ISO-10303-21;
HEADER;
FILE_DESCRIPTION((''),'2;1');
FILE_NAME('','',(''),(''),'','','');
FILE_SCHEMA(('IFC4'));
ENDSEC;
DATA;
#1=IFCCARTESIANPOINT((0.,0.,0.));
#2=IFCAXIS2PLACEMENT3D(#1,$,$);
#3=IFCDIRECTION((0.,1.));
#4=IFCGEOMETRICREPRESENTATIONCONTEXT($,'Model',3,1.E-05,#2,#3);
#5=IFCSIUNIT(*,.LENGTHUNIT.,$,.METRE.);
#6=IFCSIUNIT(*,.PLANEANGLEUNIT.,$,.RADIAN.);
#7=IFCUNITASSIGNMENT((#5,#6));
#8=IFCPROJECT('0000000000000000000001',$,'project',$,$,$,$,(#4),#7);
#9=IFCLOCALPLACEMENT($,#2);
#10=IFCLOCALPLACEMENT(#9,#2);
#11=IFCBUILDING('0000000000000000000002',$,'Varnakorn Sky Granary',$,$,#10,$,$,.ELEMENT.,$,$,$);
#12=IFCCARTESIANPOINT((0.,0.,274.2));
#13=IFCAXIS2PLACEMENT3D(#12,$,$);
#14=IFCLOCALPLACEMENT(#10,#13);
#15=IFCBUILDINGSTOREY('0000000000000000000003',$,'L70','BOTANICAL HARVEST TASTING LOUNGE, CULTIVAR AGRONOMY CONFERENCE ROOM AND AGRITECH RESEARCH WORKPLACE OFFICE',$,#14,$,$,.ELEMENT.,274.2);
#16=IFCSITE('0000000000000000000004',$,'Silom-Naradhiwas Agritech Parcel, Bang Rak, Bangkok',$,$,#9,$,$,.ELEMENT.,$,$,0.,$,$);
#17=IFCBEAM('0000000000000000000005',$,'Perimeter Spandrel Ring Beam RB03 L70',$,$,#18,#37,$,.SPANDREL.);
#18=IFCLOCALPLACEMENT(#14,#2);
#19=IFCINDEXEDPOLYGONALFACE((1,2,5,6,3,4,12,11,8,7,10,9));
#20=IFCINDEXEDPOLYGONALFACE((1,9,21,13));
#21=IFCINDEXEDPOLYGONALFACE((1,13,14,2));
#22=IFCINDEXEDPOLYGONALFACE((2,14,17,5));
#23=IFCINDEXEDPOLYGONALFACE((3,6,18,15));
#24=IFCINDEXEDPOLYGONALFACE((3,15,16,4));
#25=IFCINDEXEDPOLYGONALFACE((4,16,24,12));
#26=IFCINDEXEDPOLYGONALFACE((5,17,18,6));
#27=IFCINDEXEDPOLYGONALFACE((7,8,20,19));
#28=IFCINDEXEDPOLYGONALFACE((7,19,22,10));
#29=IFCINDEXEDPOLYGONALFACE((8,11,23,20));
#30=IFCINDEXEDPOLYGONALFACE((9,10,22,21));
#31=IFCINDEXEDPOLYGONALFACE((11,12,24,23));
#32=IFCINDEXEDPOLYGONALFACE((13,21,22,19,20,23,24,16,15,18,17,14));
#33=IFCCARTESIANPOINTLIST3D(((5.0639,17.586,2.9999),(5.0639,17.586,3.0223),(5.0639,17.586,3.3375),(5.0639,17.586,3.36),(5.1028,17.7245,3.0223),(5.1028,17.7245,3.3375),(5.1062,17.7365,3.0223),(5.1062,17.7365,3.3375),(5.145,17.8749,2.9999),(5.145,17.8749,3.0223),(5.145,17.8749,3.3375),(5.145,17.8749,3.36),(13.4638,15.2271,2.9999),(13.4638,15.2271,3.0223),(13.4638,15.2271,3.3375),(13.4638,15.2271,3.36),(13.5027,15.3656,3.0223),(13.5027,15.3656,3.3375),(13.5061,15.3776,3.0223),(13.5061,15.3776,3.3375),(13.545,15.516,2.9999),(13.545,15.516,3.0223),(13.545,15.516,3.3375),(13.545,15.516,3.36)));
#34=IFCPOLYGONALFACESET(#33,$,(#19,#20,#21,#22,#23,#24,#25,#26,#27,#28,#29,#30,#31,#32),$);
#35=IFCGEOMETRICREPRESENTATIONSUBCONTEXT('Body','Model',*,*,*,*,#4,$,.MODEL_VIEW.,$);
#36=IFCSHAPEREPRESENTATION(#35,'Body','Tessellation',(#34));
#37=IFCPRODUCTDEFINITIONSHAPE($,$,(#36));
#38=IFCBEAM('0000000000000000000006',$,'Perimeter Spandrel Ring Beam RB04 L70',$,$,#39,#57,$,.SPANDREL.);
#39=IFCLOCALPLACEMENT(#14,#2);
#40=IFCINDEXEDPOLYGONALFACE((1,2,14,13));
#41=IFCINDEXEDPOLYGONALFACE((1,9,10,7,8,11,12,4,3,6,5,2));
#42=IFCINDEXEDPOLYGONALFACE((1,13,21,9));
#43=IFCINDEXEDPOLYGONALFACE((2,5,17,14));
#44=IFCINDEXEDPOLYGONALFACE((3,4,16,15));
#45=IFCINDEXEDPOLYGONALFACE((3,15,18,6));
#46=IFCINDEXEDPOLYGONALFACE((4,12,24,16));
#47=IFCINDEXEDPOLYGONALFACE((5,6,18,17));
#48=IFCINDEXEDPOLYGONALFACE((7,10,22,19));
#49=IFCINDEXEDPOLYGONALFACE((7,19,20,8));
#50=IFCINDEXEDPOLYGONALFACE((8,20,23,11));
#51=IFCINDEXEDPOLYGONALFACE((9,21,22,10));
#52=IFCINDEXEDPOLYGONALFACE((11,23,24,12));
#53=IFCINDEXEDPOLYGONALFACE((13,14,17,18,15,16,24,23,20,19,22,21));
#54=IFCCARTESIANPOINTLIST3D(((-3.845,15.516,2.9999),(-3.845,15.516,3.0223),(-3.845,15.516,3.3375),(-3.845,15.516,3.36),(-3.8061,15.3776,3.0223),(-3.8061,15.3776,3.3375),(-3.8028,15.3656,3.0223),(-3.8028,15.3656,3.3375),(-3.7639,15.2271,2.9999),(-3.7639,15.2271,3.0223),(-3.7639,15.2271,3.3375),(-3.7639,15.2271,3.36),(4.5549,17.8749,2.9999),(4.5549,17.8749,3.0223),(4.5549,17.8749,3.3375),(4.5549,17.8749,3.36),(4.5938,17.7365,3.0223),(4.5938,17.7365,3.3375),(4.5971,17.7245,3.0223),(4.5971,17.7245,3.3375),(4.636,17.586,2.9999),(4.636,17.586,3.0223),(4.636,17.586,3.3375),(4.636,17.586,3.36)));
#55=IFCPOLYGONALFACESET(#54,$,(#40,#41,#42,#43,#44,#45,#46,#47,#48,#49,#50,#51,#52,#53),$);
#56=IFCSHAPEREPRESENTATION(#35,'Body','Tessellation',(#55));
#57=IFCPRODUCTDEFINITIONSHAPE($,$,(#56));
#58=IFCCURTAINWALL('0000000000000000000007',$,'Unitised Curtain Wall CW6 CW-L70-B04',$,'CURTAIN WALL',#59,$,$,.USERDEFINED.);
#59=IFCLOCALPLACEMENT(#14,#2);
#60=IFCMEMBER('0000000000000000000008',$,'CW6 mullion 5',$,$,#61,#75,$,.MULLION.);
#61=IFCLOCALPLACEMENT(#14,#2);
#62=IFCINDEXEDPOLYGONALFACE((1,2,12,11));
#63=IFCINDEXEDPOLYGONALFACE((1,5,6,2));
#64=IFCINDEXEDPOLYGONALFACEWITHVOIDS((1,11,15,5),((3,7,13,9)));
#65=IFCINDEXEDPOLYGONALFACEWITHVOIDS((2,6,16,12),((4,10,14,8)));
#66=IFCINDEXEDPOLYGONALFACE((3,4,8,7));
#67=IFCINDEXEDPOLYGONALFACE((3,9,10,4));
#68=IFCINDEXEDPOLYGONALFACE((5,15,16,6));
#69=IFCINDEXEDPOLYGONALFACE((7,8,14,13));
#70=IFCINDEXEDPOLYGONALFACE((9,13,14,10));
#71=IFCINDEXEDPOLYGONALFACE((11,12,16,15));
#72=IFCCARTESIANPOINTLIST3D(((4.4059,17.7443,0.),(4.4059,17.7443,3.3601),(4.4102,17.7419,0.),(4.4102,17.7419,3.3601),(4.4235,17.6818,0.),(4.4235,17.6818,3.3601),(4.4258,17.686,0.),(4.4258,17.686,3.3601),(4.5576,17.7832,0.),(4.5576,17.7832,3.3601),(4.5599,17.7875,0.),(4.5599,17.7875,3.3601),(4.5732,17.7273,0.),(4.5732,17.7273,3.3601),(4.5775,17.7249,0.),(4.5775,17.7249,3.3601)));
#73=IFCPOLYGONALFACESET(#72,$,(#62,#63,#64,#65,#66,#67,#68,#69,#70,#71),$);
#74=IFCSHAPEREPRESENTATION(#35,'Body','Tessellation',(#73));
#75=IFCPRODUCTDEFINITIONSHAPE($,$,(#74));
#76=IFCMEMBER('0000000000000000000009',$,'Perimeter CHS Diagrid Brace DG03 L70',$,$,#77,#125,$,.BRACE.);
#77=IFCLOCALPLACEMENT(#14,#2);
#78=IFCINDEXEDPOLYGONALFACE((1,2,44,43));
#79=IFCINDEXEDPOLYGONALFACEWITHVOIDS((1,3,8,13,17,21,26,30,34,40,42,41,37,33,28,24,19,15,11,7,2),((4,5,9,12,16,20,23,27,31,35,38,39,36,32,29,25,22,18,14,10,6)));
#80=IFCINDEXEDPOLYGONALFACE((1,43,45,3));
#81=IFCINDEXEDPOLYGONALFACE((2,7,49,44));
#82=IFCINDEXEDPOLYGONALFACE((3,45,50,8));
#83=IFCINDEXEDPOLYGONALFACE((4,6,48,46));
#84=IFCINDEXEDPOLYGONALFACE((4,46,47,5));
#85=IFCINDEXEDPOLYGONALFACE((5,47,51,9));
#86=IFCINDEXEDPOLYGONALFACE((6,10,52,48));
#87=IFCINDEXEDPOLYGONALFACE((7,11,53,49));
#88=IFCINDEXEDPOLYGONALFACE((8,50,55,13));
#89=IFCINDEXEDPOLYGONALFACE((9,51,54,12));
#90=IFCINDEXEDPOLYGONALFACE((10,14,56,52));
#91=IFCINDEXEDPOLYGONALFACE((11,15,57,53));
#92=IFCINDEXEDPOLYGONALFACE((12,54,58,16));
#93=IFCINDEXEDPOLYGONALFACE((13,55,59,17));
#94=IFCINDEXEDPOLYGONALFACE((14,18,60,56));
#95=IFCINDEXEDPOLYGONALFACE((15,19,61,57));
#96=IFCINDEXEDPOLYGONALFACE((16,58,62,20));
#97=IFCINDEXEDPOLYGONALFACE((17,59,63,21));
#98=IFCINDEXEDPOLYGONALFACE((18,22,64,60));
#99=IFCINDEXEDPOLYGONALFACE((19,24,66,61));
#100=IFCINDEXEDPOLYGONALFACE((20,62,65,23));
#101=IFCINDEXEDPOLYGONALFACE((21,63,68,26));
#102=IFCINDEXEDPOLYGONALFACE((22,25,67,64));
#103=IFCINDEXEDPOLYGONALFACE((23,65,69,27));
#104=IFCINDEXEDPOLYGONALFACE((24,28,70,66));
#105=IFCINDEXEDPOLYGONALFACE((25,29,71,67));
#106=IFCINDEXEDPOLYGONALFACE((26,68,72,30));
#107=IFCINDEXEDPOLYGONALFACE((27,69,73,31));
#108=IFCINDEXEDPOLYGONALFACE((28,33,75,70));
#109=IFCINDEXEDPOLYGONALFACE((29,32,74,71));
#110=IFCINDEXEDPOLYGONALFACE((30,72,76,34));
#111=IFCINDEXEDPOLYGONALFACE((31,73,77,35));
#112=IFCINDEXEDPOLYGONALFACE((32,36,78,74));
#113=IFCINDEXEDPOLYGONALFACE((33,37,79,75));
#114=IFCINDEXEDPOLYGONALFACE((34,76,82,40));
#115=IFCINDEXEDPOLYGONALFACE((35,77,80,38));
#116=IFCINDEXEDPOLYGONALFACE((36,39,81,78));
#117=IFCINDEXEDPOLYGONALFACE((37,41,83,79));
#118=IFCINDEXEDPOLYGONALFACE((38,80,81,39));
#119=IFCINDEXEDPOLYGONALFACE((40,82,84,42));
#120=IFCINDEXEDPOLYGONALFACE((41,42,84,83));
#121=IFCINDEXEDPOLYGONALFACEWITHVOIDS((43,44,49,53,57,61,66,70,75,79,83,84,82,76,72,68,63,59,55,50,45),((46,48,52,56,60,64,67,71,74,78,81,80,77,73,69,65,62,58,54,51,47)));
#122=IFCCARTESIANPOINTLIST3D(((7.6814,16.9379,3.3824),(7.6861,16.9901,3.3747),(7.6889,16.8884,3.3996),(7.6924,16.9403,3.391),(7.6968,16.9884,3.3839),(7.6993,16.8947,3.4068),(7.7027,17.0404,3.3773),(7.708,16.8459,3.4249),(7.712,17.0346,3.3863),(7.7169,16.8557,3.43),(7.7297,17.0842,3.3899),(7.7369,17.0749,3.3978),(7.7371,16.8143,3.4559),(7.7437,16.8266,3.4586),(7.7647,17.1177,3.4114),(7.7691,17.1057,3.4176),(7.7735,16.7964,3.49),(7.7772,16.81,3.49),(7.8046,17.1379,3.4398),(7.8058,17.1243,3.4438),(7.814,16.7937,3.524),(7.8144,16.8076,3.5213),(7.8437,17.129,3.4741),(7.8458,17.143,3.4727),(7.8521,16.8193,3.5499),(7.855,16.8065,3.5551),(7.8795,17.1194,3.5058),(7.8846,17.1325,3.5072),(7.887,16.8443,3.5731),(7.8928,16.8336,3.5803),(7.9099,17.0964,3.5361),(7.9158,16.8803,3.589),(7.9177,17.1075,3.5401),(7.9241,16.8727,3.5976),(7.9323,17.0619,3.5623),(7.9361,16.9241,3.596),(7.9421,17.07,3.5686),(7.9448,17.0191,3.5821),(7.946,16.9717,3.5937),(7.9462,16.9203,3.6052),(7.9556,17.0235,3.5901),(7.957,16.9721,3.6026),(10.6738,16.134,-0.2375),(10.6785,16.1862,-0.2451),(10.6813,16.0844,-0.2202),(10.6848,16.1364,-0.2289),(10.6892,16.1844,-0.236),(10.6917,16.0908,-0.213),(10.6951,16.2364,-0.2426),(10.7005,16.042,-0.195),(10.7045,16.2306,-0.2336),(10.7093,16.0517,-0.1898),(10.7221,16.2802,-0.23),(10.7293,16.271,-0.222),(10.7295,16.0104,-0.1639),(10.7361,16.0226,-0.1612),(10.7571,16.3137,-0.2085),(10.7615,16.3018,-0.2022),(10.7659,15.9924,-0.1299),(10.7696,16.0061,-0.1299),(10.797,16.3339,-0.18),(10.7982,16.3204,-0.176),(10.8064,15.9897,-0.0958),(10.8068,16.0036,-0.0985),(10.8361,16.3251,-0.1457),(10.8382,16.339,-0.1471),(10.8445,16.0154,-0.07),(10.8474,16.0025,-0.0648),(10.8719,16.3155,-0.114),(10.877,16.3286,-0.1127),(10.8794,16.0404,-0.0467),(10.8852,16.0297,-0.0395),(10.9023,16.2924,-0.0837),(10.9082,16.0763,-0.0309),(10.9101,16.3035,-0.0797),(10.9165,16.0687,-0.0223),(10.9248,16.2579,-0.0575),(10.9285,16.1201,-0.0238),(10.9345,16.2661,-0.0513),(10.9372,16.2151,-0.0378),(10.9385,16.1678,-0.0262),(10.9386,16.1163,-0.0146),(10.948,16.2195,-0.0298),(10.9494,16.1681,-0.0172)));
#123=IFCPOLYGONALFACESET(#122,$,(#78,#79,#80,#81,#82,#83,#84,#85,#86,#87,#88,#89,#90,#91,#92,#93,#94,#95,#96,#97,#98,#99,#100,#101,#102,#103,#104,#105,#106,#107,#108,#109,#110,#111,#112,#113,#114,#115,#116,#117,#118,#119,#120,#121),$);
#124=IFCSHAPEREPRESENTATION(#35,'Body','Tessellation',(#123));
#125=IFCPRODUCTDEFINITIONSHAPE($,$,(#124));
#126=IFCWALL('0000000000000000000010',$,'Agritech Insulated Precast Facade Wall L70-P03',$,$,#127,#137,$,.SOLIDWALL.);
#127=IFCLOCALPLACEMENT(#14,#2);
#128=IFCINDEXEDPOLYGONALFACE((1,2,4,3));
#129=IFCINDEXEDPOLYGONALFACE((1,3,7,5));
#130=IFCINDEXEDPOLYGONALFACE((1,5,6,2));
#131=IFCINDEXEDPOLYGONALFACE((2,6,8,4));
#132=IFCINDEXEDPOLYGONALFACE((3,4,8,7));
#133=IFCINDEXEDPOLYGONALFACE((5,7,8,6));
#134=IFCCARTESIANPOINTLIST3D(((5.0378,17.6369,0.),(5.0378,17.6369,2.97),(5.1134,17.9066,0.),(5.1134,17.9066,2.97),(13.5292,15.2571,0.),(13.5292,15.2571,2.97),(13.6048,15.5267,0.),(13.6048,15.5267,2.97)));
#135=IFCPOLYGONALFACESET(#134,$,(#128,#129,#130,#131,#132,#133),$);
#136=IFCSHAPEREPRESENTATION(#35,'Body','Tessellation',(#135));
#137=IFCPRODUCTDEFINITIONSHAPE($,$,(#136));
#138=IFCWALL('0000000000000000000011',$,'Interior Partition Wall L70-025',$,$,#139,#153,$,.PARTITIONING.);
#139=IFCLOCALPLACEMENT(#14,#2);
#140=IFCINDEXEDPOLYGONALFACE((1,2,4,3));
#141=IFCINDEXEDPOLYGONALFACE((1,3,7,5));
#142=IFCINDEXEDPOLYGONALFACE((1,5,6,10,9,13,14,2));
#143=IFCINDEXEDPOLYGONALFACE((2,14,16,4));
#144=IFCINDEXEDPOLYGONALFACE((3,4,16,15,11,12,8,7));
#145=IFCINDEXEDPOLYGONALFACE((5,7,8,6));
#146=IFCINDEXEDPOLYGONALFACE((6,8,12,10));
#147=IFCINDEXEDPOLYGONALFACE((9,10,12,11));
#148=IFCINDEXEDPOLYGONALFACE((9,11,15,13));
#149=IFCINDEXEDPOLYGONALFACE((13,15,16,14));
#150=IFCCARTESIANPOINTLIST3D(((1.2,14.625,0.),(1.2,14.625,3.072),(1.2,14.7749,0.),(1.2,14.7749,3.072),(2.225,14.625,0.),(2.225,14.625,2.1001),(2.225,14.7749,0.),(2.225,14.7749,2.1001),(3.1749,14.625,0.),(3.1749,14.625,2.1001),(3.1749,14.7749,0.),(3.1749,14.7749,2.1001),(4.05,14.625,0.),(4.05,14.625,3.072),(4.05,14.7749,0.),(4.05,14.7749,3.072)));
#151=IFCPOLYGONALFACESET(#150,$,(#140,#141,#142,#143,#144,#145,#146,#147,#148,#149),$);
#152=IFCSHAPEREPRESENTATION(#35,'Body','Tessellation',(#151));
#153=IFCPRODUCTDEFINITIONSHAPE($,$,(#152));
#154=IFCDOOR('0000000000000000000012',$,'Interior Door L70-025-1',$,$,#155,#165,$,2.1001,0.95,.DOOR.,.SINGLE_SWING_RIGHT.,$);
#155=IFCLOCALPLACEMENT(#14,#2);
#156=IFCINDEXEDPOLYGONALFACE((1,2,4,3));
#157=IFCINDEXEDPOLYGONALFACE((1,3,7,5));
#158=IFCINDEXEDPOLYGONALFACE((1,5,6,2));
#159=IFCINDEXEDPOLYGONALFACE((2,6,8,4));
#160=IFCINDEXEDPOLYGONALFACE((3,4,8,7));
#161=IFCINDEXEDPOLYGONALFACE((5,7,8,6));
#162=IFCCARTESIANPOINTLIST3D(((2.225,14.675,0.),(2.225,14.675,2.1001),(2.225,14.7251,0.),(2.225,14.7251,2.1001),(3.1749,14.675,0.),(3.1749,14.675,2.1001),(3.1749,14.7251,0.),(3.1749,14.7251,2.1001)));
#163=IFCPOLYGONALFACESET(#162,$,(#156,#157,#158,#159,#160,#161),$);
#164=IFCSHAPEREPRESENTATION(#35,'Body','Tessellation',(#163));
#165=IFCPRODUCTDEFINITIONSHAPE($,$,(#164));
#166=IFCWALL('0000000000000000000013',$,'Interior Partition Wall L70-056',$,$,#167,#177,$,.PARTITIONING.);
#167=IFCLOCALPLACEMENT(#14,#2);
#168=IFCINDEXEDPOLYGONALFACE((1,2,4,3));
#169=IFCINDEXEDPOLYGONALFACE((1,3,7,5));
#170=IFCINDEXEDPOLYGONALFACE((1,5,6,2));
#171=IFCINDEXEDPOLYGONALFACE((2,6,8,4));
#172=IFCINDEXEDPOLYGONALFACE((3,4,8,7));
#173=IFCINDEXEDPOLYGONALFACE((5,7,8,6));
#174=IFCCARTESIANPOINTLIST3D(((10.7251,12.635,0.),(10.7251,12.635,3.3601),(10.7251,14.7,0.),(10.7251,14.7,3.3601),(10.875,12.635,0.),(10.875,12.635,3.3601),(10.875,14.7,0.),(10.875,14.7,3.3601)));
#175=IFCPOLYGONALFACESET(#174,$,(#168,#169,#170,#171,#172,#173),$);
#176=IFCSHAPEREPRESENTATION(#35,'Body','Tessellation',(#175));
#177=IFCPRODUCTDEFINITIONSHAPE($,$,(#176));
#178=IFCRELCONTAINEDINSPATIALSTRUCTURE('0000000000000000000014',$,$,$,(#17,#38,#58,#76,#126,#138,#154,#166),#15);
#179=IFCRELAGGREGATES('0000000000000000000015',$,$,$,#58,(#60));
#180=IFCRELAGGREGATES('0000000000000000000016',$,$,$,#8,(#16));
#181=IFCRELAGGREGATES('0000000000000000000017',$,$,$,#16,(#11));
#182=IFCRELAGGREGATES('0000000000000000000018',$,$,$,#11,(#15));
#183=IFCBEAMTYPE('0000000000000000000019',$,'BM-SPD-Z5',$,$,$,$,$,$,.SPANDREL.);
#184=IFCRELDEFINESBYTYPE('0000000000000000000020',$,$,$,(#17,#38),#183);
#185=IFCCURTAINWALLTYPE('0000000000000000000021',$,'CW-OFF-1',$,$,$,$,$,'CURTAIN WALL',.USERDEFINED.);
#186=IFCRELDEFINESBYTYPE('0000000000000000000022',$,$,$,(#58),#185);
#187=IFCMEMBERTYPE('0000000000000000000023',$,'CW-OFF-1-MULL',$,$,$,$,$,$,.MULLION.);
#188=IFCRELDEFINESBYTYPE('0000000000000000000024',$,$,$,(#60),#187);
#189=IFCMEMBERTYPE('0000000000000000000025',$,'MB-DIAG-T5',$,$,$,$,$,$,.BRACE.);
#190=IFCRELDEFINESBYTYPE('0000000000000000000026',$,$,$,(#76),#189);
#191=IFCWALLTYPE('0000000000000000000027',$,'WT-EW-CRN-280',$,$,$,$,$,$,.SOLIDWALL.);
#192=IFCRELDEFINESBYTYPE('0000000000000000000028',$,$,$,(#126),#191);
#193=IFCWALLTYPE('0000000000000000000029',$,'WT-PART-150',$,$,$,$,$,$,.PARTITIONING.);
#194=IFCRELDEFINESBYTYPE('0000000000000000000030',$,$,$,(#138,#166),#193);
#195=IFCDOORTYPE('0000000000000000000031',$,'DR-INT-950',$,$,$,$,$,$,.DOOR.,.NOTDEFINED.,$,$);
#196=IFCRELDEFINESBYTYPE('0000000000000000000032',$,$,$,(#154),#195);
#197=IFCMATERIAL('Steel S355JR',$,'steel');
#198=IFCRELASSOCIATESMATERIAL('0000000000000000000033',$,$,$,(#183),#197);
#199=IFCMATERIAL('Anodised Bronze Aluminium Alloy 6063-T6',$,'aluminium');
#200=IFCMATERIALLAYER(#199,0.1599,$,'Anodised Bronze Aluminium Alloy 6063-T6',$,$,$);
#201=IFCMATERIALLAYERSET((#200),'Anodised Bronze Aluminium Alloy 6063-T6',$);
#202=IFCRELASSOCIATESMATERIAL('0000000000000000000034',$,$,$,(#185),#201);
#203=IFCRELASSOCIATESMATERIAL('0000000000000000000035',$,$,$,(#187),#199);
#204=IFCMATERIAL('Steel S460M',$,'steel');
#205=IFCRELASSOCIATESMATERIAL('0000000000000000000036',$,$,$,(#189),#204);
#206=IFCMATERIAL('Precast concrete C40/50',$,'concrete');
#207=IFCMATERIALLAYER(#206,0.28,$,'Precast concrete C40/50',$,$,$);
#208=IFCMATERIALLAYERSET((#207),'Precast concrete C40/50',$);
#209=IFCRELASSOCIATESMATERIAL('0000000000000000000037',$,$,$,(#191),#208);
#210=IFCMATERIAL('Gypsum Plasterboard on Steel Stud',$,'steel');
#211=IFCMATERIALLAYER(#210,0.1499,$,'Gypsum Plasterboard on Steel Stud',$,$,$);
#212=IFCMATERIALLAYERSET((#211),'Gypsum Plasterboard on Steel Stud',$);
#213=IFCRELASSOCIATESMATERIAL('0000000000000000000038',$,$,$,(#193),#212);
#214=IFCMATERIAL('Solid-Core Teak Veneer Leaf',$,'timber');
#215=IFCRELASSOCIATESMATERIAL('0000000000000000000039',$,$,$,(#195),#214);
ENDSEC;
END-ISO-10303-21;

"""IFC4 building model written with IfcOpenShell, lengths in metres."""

from ifc_helpers import new_model, si_unit, direction, frame, frame_2d, origin, origin_2d, place, context, subcontext, project, spatial, rectangle, hollow_rectangle, hollow_circle, i_section, extrude, material, layer, layer_set, material_profile, profile_set, type_object, element, fill, aggregate, save


model = new_model("IFC4")

# Units and contexts
model_context = context("Model", 3, precision=1e-05, world=origin(), true_north=direction((0.0, 1.0)))
body_context = subcontext(model_context, "Body", "Model", "MODEL_VIEW")
ifc_project = project(units=[si_unit("LENGTHUNIT", "METRE"), si_unit("PLANEANGLEUNIT", "RADIAN")], contexts=[model_context])

# Site, building, storey
site_placement = place(None, origin())
site = spatial("IfcSite", under=ifc_project, at=site_placement, Name="Silom-Naradhiwas Agritech Parcel, Bang Rak, Bangkok", CompositionType="ELEMENT", RefElevation=0.0)
building_placement = place(site_placement, origin())
building = spatial("IfcBuilding", under=site, at=building_placement, Name="Varnakorn Sky Granary", CompositionType="ELEMENT")
storey_placement = place(building_placement, frame((0.0, 0.0, 274.2)))
storey = spatial("IfcBuildingStorey", under=building, at=storey_placement, Name="L70", Description="BOTANICAL HARVEST TASTING LOUNGE, CULTIVAR AGRONOMY CONFERENCE ROOM AND AGRITECH RESEARCH WORKPLACE OFFICE", CompositionType="ELEMENT", Elevation=274.2)

# Shared definitions
ifc_material_1 = material(Name="Steel S460M", Category="steel")

# Beams
ifc_material_2 = material(Name="Steel S355JR", Category="steel")
ifc_material_profile_1 = material_profile(ifc_material_2, i_section(OverallWidth=0.3, OverallDepth=0.3601, WebThickness=0.0125, FlangeThickness=0.0225, at=origin_2d()), Name="HE 360 B")
ifc_profile_set_1 = profile_set([ifc_material_profile_1], Name="Steel S355JR")
beam_type_1 = type_object("IfcBeamType", Name="BM-SPD-Z5", PredefinedType="SPANDREL", material=ifc_profile_set_1)
for number, where, z_axis, x_axis, name in (
    (1, (13.5044, 15.3716, 3.1799), (-0.962758, 0.270365, 0.0), (-0.270365, -0.962758, 0.0), "Perimeter Spandrel Ring Beam RB03 L70"),
    (2, (4.5955, 17.7305, 3.1799), (-0.962758, -0.270365, 0.0), (0.270365, -0.962758, 0.0), "Perimeter Spandrel Ring Beam RB04 L70"),
):
    element("IfcBeam", number, at=place(storey_placement, frame(where, z_axis=z_axis, x_axis=x_axis)), inside=storey, type_object=beam_type_1, Name=name, PredefinedType="SPANDREL", context=body_context, shape_type="SweptSolid", body=[
        extrude(i_section(OverallWidth=0.3, OverallDepth=0.3601, WebThickness=0.0125, FlangeThickness=0.0225, at=origin_2d()), origin(), (0.0, 0.0, 1.0), 8.7249),
    ])

# Curtain wall, member
ifc_material_3 = material(Name="Anodised Bronze Aluminium Alloy 6063-T6", Category="aluminium")
ifc_layer_1 = layer(ifc_material_3, 0.1599, Name="Anodised Bronze Aluminium Alloy 6063-T6")
ifc_layer_set_1 = layer_set([ifc_layer_1], Name="Anodised Bronze Aluminium Alloy 6063-T6")
curtain_wall_type = type_object("IfcCurtainWallType", Name="CW-OFF-1", ElementType="CURTAIN WALL", PredefinedType="USERDEFINED", material=ifc_layer_set_1)
curtain_wall_placement = place(storey_placement, origin())
curtain_wall = element("IfcCurtainWall", 3, at=curtain_wall_placement, inside=storey, type_object=curtain_wall_type, Name="Unitised Curtain Wall CW6 CW-L70-B04", ObjectType="CURTAIN WALL", PredefinedType="USERDEFINED")
ifc_material_profile_2 = material_profile(ifc_material_3, hollow_rectangle(XDim=0.0649, YDim=0.1599, WallThickness=0.0034, at=origin_2d()), Name="ALU MULL 65x160")
ifc_profile_set_2 = profile_set([ifc_material_profile_2], Name="Anodised Bronze Aluminium Alloy 6063-T6")
member_type_1 = type_object("IfcMemberType", Name="CW-OFF-1-MULL", PredefinedType="MULLION", material=ifc_profile_set_2)
member_1_placement = place(storey_placement, frame((4.4917, 17.7346, 0.0), z_axis=(0.0, 0.0, 1.0), x_axis=(-0.269869, 0.962897, 0.0)))
member_1 = element("IfcMember", 4, at=member_1_placement, type_object=member_type_1, Name="CW6 mullion 5", PredefinedType="MULLION", context=body_context, shape_type="SweptSolid", body=[
    extrude(hollow_rectangle(XDim=0.0649, YDim=0.1599, WallThickness=0.0034, at=origin_2d()), origin(), (0.0, 0.0, 1.0), 3.3601),
])
aggregate(curtain_wall, [member_1])

# Member
ifc_material_profile_3 = material_profile(ifc_material_1, hollow_circle(Radius=0.1777, WallThickness=0.0142, at=origin_2d()), Name="CHS 355.6x14")
ifc_profile_set_3 = profile_set([ifc_material_profile_3], Name="Steel S460M")
member_type_2 = type_object("IfcMemberType", Name="MB-DIAG-T5", PredefinedType="BRACE", material=ifc_profile_set_3)
member_2_placement = place(storey_placement, frame((10.812, 16.1641, -0.1299), z_axis=(-0.628013, 0.168724, 0.759692), x_axis=(-0.259462, -0.965753, 0.0)))
element("IfcMember", 5, at=member_2_placement, inside=storey, type_object=member_type_2, Name="Perimeter CHS Diagrid Brace DG03 L70", PredefinedType="BRACE", context=body_context, shape_type="SweptSolid", body=[
    extrude(hollow_circle(Radius=0.1777, WallThickness=0.0142, at=origin_2d()), origin(), (0.0, 0.0, 1.0), 4.7649),
])

# Wall
ifc_material_4 = material(Name="Precast concrete C40/50", Category="concrete")
ifc_layer_2 = layer(ifc_material_4, 0.28, Name="Precast concrete C40/50")
ifc_layer_set_2 = layer_set([ifc_layer_2], Name="Precast concrete C40/50")
wall_type_1 = type_object("IfcWallType", Name="WT-EW-CRN-280", PredefinedType="SOLIDWALL", material=ifc_layer_set_2)
wall_1_placement = place(storey_placement, frame((5.0757, 17.7717, 0.0), z_axis=(0.0, 0.0, 1.0), x_axis=(0.962897, -0.269869, 0.0)))
element("IfcWall", 6, at=wall_1_placement, inside=storey, type_object=wall_type_1, Name="Agritech Insulated Precast Facade Wall L70-P03", PredefinedType="SOLIDWALL", context=body_context, shape_type="SweptSolid", body=[
    extrude(rectangle(XDim=8.8186, YDim=0.28, at=frame_2d((4.4092, 0.0))), origin(), (0.0, 0.0, 1.0), 2.97),
])

# Wall, opening, door
ifc_material_5 = material(Name="Gypsum Plasterboard on Steel Stud", Category="steel")
ifc_layer_3 = layer(ifc_material_5, 0.1499, Name="Gypsum Plasterboard on Steel Stud")
ifc_layer_set_3 = layer_set([ifc_layer_3], Name="Gypsum Plasterboard on Steel Stud")
wall_type_2 = type_object("IfcWallType", Name="WT-PART-150", PredefinedType="PARTITIONING", material=ifc_layer_set_3)
wall_2_placement = place(storey_placement, frame((4.05, 14.7, 0.0), z_axis=(0.0, 0.0, 1.0), x_axis=(-1.0, 0.0, 0.0)))
wall_2 = element("IfcWall", 7, at=wall_2_placement, inside=storey, type_object=wall_type_2, Name="Interior Partition Wall L70-025", PredefinedType="PARTITIONING", context=body_context, shape_type="SweptSolid", body=[
    extrude(rectangle(XDim=2.8501, YDim=0.1499, at=frame_2d((1.425, 0.0))), origin(), (0.0, 0.0, 1.0), 3.072),
])
opening_1_placement = place(wall_2_placement, frame((0.875, 0.0, 0.0)))
opening_1 = element("IfcOpeningElement", 8, at=opening_1_placement, cuts=wall_2, PredefinedType="OPENING", context=body_context, shape_type="SweptSolid", body=[
    extrude(rectangle(XDim=0.95, YDim=2.1001, at=frame_2d((0.4751, 1.05))), frame((0.0, 0.085, 0.0), z_axis=(0.0, -1.0, 0.0), x_axis=(1.0, 0.0, 0.0)), (0.0, 0.0, 1.0), 0.1699),
])
ifc_material_6 = material(Name="Solid-Core Teak Veneer Leaf", Category="timber")
door_type = type_object("IfcDoorType", Name="DR-INT-950", OperationType="NOTDEFINED", PredefinedType="DOOR", material=ifc_material_6)
door_1_placement = place(opening_1_placement, origin())
door_1 = element("IfcDoor", 9, at=door_1_placement, inside=storey, type_object=door_type, Name="Interior Door L70-025-1", OperationType="SINGLE_SWING_RIGHT", OverallHeight=2.1001, OverallWidth=0.95, PredefinedType="DOOR", context=body_context, shape_type="SweptSolid", body=[
    extrude(rectangle(XDim=0.95, YDim=2.1001, at=frame_2d((0.4751, 1.05))), frame((0.0, 0.0249, 0.0), z_axis=(0.0, -1.0, 0.0), x_axis=(1.0, 0.0, 0.0)), (0.0, 0.0, 1.0), 0.05),
])
fill(opening_1, door_1)

# Wall
wall_3_placement = place(storey_placement, frame((10.8, 12.635, 0.0), z_axis=(0.0, 0.0, 1.0), x_axis=(0.0, 1.0, 0.0)))
element("IfcWall", 10, at=wall_3_placement, inside=storey, type_object=wall_type_2, Name="Interior Partition Wall L70-056", PredefinedType="PARTITIONING", context=body_context, shape_type="SweptSolid", body=[
    extrude(rectangle(XDim=2.0649, YDim=0.1499, at=frame_2d((1.0325, 0.0))), origin(), (0.0, 0.0, 1.0), 3.3601),
])

save(model, "model.ifc")
